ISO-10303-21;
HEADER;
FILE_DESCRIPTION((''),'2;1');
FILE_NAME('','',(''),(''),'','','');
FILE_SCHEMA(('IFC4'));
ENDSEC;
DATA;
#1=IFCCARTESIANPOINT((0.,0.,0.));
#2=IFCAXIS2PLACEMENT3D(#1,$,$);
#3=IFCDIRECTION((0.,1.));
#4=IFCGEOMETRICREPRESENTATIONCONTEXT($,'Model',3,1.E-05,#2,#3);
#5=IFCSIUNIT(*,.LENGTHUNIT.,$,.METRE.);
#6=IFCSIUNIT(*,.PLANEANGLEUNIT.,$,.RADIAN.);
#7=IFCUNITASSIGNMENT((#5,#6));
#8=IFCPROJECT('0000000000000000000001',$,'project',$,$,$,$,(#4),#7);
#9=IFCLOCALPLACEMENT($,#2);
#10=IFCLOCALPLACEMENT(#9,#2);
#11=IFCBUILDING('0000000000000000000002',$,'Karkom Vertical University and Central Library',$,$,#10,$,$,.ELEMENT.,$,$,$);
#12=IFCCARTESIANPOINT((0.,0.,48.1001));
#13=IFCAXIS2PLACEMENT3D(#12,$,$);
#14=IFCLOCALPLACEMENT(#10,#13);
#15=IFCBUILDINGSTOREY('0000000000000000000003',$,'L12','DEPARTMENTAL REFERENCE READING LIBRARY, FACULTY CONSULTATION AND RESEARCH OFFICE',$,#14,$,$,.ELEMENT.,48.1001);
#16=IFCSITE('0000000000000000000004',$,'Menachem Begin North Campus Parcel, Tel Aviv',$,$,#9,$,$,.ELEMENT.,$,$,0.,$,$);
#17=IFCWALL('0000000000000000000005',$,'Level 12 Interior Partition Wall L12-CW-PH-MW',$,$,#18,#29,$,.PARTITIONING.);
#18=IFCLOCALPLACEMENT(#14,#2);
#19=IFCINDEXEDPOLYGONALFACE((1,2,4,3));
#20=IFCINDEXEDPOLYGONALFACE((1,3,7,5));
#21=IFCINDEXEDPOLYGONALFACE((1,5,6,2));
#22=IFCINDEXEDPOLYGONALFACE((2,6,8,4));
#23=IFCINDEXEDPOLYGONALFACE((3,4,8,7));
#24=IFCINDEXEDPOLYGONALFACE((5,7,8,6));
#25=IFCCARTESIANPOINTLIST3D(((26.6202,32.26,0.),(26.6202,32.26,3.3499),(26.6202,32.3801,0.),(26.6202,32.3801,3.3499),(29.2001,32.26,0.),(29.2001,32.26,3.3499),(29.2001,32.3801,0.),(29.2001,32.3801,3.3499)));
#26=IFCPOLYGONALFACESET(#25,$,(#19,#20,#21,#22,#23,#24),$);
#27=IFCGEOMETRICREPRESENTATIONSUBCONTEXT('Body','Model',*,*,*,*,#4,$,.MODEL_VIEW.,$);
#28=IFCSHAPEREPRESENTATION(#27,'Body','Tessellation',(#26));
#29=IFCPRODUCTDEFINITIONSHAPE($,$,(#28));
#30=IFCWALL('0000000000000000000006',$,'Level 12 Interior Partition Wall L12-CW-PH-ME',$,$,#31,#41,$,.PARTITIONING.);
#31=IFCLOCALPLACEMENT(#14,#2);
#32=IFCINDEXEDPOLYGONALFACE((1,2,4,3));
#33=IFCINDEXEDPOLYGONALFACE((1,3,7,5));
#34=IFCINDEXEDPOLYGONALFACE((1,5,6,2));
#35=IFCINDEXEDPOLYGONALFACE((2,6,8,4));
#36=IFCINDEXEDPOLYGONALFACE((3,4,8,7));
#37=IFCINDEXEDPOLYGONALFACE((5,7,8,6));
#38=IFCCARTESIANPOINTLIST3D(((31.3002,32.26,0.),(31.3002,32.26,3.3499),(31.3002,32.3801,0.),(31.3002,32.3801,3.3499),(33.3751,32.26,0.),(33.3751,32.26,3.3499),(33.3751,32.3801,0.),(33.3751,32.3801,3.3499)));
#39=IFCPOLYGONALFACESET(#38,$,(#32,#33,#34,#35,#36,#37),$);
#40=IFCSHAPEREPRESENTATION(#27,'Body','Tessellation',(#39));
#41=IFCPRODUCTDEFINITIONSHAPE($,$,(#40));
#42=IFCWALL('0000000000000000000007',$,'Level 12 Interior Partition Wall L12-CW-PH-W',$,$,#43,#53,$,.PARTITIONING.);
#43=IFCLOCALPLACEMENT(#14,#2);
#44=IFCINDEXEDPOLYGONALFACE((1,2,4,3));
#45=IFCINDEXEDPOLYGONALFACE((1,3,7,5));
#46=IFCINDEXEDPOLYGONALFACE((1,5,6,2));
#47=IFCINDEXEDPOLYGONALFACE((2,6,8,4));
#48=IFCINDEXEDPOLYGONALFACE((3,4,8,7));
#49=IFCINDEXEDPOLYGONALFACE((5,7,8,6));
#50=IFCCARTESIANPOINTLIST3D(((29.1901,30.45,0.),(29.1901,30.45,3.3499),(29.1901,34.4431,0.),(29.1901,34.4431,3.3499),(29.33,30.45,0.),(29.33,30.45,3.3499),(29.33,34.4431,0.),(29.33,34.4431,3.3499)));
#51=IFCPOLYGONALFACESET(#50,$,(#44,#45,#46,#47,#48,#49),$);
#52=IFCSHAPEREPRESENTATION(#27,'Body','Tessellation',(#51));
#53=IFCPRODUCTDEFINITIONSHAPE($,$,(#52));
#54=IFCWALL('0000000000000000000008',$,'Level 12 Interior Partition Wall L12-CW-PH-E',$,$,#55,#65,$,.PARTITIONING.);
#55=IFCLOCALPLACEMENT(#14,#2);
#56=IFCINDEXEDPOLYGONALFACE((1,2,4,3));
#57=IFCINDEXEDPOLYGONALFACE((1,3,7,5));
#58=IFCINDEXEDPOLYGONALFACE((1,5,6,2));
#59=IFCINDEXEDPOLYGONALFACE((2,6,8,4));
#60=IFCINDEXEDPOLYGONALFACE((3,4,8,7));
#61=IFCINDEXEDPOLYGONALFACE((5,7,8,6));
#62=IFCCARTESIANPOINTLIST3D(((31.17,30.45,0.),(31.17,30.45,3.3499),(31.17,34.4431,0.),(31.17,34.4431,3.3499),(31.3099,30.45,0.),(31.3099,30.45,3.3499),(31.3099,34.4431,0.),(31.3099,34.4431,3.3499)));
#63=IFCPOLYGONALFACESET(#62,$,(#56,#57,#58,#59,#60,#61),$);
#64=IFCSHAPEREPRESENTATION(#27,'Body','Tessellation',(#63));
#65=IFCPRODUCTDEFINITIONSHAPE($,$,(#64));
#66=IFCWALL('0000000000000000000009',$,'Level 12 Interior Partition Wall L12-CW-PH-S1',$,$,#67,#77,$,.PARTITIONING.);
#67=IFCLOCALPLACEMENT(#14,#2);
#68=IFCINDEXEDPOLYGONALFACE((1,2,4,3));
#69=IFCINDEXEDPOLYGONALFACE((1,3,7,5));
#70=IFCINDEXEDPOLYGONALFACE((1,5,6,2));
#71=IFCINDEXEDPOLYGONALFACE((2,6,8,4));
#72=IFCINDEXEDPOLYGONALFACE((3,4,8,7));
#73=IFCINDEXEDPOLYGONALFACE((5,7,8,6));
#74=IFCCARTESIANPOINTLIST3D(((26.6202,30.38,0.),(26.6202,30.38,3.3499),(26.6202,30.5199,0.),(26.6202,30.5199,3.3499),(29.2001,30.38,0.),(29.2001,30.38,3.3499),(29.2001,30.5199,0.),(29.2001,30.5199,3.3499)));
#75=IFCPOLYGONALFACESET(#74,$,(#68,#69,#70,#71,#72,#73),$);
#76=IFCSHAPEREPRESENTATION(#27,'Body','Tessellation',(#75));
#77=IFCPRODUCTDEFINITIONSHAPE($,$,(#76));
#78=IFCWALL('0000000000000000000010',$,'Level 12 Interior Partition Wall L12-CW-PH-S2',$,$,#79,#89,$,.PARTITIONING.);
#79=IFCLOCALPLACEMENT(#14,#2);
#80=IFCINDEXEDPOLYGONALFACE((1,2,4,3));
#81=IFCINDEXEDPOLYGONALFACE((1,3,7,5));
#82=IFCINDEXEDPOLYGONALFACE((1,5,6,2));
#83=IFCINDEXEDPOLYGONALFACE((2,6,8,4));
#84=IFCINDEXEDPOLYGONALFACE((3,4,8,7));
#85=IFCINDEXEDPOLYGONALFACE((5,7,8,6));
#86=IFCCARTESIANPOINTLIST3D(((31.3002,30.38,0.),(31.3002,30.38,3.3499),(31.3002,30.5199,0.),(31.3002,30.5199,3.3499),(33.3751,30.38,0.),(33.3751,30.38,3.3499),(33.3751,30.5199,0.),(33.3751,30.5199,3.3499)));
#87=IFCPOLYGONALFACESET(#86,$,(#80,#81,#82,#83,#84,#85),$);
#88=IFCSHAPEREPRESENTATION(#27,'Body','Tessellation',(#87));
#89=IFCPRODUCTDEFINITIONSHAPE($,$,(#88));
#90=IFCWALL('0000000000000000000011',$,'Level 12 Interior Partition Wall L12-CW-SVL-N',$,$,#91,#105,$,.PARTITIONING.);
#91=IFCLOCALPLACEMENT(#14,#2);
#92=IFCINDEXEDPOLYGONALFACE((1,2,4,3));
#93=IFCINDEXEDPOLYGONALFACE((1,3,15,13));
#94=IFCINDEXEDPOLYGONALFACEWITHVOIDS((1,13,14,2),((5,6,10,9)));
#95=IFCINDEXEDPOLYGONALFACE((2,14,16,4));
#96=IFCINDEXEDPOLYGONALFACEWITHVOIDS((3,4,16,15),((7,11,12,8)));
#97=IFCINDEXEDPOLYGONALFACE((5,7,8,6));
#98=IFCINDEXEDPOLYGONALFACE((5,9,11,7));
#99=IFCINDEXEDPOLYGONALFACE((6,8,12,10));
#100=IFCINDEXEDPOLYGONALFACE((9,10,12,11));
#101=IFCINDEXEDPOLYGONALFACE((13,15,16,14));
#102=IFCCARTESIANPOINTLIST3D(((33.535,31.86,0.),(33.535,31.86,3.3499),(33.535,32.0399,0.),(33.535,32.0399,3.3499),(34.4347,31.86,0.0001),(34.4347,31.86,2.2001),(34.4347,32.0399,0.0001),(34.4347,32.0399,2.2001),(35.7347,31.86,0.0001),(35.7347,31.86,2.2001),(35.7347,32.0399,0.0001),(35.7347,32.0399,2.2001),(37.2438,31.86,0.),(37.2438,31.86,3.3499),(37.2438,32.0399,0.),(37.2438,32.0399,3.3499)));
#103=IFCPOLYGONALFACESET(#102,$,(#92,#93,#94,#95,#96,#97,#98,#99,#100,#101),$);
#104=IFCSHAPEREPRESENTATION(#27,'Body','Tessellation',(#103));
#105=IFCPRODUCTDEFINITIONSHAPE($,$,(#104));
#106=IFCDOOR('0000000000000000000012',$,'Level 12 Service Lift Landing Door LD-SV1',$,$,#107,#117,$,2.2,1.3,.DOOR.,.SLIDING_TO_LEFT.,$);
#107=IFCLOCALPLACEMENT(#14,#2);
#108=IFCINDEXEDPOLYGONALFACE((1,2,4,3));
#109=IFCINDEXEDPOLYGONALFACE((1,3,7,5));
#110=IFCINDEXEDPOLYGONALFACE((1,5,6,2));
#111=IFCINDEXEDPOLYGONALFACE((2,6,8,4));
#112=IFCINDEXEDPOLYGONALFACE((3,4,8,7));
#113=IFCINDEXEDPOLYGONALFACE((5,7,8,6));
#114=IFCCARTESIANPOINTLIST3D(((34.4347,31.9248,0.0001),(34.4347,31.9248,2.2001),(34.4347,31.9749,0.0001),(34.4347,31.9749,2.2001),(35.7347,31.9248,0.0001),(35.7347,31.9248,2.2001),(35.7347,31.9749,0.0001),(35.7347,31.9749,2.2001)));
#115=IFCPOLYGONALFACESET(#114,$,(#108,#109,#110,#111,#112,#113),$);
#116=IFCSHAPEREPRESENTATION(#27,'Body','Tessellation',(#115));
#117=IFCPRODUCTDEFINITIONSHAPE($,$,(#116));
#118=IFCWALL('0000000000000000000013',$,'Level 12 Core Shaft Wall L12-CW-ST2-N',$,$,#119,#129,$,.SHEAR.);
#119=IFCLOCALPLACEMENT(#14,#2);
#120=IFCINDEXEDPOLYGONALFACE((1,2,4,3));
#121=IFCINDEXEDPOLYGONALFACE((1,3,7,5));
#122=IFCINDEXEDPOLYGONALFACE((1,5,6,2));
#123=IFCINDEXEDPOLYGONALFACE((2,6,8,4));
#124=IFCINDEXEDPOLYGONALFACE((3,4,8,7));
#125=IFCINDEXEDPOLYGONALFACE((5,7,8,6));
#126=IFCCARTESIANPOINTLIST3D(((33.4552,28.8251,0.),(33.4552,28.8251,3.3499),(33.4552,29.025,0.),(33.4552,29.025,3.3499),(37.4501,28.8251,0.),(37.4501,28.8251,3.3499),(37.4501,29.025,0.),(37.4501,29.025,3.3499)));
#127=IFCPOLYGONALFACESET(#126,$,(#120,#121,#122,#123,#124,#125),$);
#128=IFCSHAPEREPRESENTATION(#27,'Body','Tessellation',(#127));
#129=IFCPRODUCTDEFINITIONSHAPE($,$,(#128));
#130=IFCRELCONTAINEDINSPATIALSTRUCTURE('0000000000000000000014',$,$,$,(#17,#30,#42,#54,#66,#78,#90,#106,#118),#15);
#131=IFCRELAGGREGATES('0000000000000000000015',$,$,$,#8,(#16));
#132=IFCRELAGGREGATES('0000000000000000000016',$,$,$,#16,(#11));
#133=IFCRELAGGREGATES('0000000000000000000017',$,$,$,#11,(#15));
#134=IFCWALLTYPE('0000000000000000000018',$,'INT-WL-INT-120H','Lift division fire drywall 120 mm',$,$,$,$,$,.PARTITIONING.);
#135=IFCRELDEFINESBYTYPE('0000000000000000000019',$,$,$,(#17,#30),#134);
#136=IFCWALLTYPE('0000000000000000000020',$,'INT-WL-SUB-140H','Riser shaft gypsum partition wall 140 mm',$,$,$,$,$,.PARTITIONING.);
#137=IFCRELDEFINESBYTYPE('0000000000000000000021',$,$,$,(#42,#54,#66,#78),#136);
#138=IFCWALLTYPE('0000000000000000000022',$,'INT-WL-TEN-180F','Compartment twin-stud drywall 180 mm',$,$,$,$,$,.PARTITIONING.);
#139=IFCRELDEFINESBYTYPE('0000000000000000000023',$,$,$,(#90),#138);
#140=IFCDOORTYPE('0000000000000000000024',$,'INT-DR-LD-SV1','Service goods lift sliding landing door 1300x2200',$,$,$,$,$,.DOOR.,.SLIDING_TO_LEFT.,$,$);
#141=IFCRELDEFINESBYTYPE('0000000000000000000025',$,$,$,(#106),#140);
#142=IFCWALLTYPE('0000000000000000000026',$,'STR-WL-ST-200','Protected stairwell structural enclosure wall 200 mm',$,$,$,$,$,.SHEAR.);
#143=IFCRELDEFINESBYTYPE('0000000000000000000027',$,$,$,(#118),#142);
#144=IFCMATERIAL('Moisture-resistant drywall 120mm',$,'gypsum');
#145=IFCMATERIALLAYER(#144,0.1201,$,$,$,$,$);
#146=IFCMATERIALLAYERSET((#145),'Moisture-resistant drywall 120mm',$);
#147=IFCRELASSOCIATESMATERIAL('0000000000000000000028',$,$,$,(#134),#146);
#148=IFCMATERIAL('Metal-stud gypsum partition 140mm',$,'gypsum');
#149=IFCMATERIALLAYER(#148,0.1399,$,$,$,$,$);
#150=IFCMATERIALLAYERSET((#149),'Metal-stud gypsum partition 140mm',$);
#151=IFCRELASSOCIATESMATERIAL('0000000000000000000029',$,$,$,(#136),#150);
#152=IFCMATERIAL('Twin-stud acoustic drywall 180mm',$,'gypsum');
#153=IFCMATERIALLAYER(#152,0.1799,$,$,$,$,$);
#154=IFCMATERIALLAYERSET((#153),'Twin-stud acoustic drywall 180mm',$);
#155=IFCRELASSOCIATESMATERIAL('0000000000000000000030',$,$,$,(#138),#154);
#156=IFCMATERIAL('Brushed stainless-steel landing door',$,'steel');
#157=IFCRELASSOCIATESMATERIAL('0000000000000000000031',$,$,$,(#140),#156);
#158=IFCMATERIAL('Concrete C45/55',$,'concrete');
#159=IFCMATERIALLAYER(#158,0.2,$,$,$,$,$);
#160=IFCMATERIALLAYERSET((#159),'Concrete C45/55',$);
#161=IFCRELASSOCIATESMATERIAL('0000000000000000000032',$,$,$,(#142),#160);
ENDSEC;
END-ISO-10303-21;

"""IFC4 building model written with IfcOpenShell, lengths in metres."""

from ifc_helpers import new_model, si_unit, direction, frame, frame_2d, origin, origin_with_axes, place, context, subcontext, project, spatial, rectangle, extrude, source, transform, mapped, material, layer, layer_set, type_object, element, fill, save


model = new_model("IFC4")

# Units and contexts
model_context = context("Model", 3, precision=1e-05, world=origin(), true_north=direction((0.0, 1.0)))
body_context = subcontext(model_context, "Body", "Model", "MODEL_VIEW")
ifc_project = project(units=[si_unit("LENGTHUNIT", "METRE"), si_unit("PLANEANGLEUNIT", "RADIAN")], contexts=[model_context])

# Site, building, storey
site_placement = place(None, origin())
site = spatial("IfcSite", under=ifc_project, at=site_placement, Name="Menachem Begin North Campus Parcel, Tel Aviv", CompositionType="ELEMENT", RefElevation=0.0)
building_placement = place(site_placement, origin())
building = spatial("IfcBuilding", under=site, at=building_placement, Name="Karkom Vertical University and Central Library", CompositionType="ELEMENT")
storey_placement = place(building_placement, frame((0.0, 0.0, 48.1001)))
storey = spatial("IfcBuildingStorey", under=building, at=storey_placement, Name="L12", Description="DEPARTMENTAL REFERENCE READING LIBRARY, FACULTY CONSULTATION AND RESEARCH OFFICE", CompositionType="ELEMENT", Elevation=48.1001)

# Walls
ifc_material_1 = material(Name="Moisture-resistant drywall 120mm", Category="gypsum")
ifc_layer_1 = layer(ifc_material_1, 0.1201)
ifc_layer_set_1 = layer_set([ifc_layer_1], Name="Moisture-resistant drywall 120mm")
wall_type_1 = type_object("IfcWallType", Name="INT-WL-INT-120H", Description="Lift division fire drywall 120 mm", PredefinedType="PARTITIONING", material=ifc_layer_set_1)
wall_1_placement = place(storey_placement, frame((26.6201, 32.3201, 0.0), z_axis=(0.0, 0.0, 1.0), x_axis=(1.0, 0.0, 0.0)))
element("IfcWall", 1, at=wall_1_placement, inside=storey, type_object=wall_type_1, Name="Level 12 Interior Partition Wall L12-CW-PH-MW", PredefinedType="PARTITIONING", context=body_context, shape_type="SweptSolid", body=[
    extrude(rectangle(XDim=2.5798, YDim=0.1201, at=frame_2d((1.29, 0.0))), origin(), (0.0, 0.0, 1.0), 3.3499),
])
wall_2_placement = place(storey_placement, frame((31.3, 32.3201, 0.0), z_axis=(0.0, 0.0, 1.0), x_axis=(1.0, 0.0, 0.0)))
element("IfcWall", 2, at=wall_2_placement, inside=storey, type_object=wall_type_1, Name="Level 12 Interior Partition Wall L12-CW-PH-ME", PredefinedType="PARTITIONING", context=body_context, shape_type="SweptSolid", body=[
    extrude(rectangle(XDim=2.075, YDim=0.1201, at=frame_2d((1.0376, 0.0))), origin(), (0.0, 0.0, 1.0), 3.3499),
])
ifc_material_2 = material(Name="Metal-stud gypsum partition 140mm", Category="gypsum")
ifc_layer_2 = layer(ifc_material_2, 0.1399)
ifc_layer_set_2 = layer_set([ifc_layer_2], Name="Metal-stud gypsum partition 140mm")
wall_type_2 = type_object("IfcWallType", Name="INT-WL-SUB-140H", Description="Riser shaft gypsum partition wall 140 mm", PredefinedType="PARTITIONING", material=ifc_layer_set_2)
for number, where, z_axis, x_axis, name in (
    (3, (29.26, 30.45, 0.0), (0.0, 0.0, 1.0), (0.0, 1.0, 0.0), "Level 12 Interior Partition Wall L12-CW-PH-W"),
    (4, (31.24, 30.45, 0.0), (0.0, 0.0, 1.0), (0.0, 1.0, 0.0), "Level 12 Interior Partition Wall L12-CW-PH-E"),
):
    element("IfcWall", number, at=place(storey_placement, frame(where, z_axis=z_axis, x_axis=x_axis)), inside=storey, type_object=wall_type_2, Name=name, PredefinedType="PARTITIONING", context=body_context, shape_type="SweptSolid", body=[
        extrude(rectangle(XDim=3.9932, YDim=0.1399, at=frame_2d((1.9966, 0.0))), origin(), (0.0, 0.0, 1.0), 3.3499),
    ])
wall_3_placement = place(storey_placement, frame((26.6201, 30.45, 0.0), z_axis=(0.0, 0.0, 1.0), x_axis=(1.0, 0.0, 0.0)))
element("IfcWall", 5, at=wall_3_placement, inside=storey, type_object=wall_type_2, Name="Level 12 Interior Partition Wall L12-CW-PH-S1", PredefinedType="PARTITIONING", context=body_context, shape_type="SweptSolid", body=[
    extrude(rectangle(XDim=2.5798, YDim=0.1399, at=frame_2d((1.29, 0.0))), origin(), (0.0, 0.0, 1.0), 3.3499),
])
wall_4_placement = place(storey_placement, frame((31.3, 30.45, 0.0), z_axis=(0.0, 0.0, 1.0), x_axis=(1.0, 0.0, 0.0)))
element("IfcWall", 6, at=wall_4_placement, inside=storey, type_object=wall_type_2, Name="Level 12 Interior Partition Wall L12-CW-PH-S2", PredefinedType="PARTITIONING", context=body_context, shape_type="SweptSolid", body=[
    extrude(rectangle(XDim=2.075, YDim=0.1399, at=frame_2d((1.0376, 0.0))), origin(), (0.0, 0.0, 1.0), 3.3499),
])

# Wall, opening, door
ifc_material_3 = material(Name="Twin-stud acoustic drywall 180mm", Category="gypsum")
ifc_layer_3 = layer(ifc_material_3, 0.1799)
ifc_layer_set_3 = layer_set([ifc_layer_3], Name="Twin-stud acoustic drywall 180mm")
wall_type_3 = type_object("IfcWallType", Name="INT-WL-TEN-180F", Description="Compartment twin-stud drywall 180 mm", PredefinedType="PARTITIONING", material=ifc_layer_set_3)
wall_5_placement = place(storey_placement, frame((33.5349, 31.95, 0.0), z_axis=(0.0, 0.0, 1.0), x_axis=(1.0, 0.0, 0.0)))
wall_5 = element("IfcWall", 7, at=wall_5_placement, inside=storey, type_object=wall_type_3, Name="Level 12 Interior Partition Wall L12-CW-SVL-N", PredefinedType="PARTITIONING", context=body_context, shape_type="SweptSolid", body=[
    extrude(rectangle(XDim=3.7087, YDim=0.1799, at=frame_2d((1.8545, 0.0))), origin(), (0.0, 0.0, 1.0), 3.3499),
])
opening_1_placement = place(wall_5_placement, frame((0.8999, 0.0, 0.0)))
opening_1 = element("IfcOpeningElement", 8, at=opening_1_placement, cuts=wall_5, PredefinedType="OPENING", context=body_context, shape_type="SweptSolid", body=[
    extrude(rectangle(XDim=1.3, YDim=2.2, at=frame_2d((0.6499, 1.1001))), frame((0.0, 0.1001, 0.0), z_axis=(0.0, -1.0, 0.0), x_axis=(1.0, 0.0, 0.0)), (0.0, 0.0, 1.0), 0.2),
])
ifc_material_4 = material(Name="Brushed stainless-steel landing door", Category="steel")
door_type_1 = type_object("IfcDoorType", Name="INT-DR-LD-SV1", Description="Service goods lift sliding landing door 1300x2200", OperationType="SLIDING_TO_LEFT", PredefinedType="DOOR", material=ifc_material_4)
shared_shape_1 = source(origin_with_axes(), body_context, "Body", "SweptSolid", [
    extrude(rectangle(XDim=1.3, YDim=2.2, at=frame_2d((0.6499, 1.1001))), frame((0.0, 0.0249, 0.0), z_axis=(0.0, -1.0, 0.0), x_axis=(1.0, 0.0, 0.0)), (0.0, 0.0, 1.0), 0.05),
])
door_1_placement = place(opening_1_placement, origin())
door_1 = element("IfcDoor", 9, at=door_1_placement, inside=storey, type_object=door_type_1, Name="Level 12 Service Lift Landing Door LD-SV1", OperationType="SLIDING_TO_LEFT", OverallHeight=2.2, OverallWidth=1.3, PredefinedType="DOOR", context=body_context, shape_type="MappedRepresentation", body=[
    mapped(shared_shape_1, transform((0.0, 0.0, 0.0), scale=1.0)),
])
fill(opening_1, door_1)

# Wall
ifc_material_5 = material(Name="Concrete C45/55", Category="concrete")
ifc_layer_4 = layer(ifc_material_5, 0.2)
ifc_layer_set_4 = layer_set([ifc_layer_4], Name="Concrete C45/55")
wall_type_4 = type_object("IfcWallType", Name="STR-WL-ST-200", Description="Protected stairwell structural enclosure wall 200 mm", PredefinedType="SHEAR", material=ifc_layer_set_4)
wall_6_placement = place(storey_placement, frame((33.4551, 28.925, 0.0), z_axis=(0.0, 0.0, 1.0), x_axis=(1.0, 0.0, 0.0)))
element("IfcWall", 10, at=wall_6_placement, inside=storey, type_object=wall_type_4, Name="Level 12 Core Shaft Wall L12-CW-ST2-N", PredefinedType="SHEAR", context=body_context, shape_type="SweptSolid", body=[
    extrude(rectangle(XDim=3.9949, YDim=0.2, at=frame_2d((1.9976, 0.0))), origin(), (0.0, 0.0, 1.0), 3.3499),
])

save(model, "model.ifc")
